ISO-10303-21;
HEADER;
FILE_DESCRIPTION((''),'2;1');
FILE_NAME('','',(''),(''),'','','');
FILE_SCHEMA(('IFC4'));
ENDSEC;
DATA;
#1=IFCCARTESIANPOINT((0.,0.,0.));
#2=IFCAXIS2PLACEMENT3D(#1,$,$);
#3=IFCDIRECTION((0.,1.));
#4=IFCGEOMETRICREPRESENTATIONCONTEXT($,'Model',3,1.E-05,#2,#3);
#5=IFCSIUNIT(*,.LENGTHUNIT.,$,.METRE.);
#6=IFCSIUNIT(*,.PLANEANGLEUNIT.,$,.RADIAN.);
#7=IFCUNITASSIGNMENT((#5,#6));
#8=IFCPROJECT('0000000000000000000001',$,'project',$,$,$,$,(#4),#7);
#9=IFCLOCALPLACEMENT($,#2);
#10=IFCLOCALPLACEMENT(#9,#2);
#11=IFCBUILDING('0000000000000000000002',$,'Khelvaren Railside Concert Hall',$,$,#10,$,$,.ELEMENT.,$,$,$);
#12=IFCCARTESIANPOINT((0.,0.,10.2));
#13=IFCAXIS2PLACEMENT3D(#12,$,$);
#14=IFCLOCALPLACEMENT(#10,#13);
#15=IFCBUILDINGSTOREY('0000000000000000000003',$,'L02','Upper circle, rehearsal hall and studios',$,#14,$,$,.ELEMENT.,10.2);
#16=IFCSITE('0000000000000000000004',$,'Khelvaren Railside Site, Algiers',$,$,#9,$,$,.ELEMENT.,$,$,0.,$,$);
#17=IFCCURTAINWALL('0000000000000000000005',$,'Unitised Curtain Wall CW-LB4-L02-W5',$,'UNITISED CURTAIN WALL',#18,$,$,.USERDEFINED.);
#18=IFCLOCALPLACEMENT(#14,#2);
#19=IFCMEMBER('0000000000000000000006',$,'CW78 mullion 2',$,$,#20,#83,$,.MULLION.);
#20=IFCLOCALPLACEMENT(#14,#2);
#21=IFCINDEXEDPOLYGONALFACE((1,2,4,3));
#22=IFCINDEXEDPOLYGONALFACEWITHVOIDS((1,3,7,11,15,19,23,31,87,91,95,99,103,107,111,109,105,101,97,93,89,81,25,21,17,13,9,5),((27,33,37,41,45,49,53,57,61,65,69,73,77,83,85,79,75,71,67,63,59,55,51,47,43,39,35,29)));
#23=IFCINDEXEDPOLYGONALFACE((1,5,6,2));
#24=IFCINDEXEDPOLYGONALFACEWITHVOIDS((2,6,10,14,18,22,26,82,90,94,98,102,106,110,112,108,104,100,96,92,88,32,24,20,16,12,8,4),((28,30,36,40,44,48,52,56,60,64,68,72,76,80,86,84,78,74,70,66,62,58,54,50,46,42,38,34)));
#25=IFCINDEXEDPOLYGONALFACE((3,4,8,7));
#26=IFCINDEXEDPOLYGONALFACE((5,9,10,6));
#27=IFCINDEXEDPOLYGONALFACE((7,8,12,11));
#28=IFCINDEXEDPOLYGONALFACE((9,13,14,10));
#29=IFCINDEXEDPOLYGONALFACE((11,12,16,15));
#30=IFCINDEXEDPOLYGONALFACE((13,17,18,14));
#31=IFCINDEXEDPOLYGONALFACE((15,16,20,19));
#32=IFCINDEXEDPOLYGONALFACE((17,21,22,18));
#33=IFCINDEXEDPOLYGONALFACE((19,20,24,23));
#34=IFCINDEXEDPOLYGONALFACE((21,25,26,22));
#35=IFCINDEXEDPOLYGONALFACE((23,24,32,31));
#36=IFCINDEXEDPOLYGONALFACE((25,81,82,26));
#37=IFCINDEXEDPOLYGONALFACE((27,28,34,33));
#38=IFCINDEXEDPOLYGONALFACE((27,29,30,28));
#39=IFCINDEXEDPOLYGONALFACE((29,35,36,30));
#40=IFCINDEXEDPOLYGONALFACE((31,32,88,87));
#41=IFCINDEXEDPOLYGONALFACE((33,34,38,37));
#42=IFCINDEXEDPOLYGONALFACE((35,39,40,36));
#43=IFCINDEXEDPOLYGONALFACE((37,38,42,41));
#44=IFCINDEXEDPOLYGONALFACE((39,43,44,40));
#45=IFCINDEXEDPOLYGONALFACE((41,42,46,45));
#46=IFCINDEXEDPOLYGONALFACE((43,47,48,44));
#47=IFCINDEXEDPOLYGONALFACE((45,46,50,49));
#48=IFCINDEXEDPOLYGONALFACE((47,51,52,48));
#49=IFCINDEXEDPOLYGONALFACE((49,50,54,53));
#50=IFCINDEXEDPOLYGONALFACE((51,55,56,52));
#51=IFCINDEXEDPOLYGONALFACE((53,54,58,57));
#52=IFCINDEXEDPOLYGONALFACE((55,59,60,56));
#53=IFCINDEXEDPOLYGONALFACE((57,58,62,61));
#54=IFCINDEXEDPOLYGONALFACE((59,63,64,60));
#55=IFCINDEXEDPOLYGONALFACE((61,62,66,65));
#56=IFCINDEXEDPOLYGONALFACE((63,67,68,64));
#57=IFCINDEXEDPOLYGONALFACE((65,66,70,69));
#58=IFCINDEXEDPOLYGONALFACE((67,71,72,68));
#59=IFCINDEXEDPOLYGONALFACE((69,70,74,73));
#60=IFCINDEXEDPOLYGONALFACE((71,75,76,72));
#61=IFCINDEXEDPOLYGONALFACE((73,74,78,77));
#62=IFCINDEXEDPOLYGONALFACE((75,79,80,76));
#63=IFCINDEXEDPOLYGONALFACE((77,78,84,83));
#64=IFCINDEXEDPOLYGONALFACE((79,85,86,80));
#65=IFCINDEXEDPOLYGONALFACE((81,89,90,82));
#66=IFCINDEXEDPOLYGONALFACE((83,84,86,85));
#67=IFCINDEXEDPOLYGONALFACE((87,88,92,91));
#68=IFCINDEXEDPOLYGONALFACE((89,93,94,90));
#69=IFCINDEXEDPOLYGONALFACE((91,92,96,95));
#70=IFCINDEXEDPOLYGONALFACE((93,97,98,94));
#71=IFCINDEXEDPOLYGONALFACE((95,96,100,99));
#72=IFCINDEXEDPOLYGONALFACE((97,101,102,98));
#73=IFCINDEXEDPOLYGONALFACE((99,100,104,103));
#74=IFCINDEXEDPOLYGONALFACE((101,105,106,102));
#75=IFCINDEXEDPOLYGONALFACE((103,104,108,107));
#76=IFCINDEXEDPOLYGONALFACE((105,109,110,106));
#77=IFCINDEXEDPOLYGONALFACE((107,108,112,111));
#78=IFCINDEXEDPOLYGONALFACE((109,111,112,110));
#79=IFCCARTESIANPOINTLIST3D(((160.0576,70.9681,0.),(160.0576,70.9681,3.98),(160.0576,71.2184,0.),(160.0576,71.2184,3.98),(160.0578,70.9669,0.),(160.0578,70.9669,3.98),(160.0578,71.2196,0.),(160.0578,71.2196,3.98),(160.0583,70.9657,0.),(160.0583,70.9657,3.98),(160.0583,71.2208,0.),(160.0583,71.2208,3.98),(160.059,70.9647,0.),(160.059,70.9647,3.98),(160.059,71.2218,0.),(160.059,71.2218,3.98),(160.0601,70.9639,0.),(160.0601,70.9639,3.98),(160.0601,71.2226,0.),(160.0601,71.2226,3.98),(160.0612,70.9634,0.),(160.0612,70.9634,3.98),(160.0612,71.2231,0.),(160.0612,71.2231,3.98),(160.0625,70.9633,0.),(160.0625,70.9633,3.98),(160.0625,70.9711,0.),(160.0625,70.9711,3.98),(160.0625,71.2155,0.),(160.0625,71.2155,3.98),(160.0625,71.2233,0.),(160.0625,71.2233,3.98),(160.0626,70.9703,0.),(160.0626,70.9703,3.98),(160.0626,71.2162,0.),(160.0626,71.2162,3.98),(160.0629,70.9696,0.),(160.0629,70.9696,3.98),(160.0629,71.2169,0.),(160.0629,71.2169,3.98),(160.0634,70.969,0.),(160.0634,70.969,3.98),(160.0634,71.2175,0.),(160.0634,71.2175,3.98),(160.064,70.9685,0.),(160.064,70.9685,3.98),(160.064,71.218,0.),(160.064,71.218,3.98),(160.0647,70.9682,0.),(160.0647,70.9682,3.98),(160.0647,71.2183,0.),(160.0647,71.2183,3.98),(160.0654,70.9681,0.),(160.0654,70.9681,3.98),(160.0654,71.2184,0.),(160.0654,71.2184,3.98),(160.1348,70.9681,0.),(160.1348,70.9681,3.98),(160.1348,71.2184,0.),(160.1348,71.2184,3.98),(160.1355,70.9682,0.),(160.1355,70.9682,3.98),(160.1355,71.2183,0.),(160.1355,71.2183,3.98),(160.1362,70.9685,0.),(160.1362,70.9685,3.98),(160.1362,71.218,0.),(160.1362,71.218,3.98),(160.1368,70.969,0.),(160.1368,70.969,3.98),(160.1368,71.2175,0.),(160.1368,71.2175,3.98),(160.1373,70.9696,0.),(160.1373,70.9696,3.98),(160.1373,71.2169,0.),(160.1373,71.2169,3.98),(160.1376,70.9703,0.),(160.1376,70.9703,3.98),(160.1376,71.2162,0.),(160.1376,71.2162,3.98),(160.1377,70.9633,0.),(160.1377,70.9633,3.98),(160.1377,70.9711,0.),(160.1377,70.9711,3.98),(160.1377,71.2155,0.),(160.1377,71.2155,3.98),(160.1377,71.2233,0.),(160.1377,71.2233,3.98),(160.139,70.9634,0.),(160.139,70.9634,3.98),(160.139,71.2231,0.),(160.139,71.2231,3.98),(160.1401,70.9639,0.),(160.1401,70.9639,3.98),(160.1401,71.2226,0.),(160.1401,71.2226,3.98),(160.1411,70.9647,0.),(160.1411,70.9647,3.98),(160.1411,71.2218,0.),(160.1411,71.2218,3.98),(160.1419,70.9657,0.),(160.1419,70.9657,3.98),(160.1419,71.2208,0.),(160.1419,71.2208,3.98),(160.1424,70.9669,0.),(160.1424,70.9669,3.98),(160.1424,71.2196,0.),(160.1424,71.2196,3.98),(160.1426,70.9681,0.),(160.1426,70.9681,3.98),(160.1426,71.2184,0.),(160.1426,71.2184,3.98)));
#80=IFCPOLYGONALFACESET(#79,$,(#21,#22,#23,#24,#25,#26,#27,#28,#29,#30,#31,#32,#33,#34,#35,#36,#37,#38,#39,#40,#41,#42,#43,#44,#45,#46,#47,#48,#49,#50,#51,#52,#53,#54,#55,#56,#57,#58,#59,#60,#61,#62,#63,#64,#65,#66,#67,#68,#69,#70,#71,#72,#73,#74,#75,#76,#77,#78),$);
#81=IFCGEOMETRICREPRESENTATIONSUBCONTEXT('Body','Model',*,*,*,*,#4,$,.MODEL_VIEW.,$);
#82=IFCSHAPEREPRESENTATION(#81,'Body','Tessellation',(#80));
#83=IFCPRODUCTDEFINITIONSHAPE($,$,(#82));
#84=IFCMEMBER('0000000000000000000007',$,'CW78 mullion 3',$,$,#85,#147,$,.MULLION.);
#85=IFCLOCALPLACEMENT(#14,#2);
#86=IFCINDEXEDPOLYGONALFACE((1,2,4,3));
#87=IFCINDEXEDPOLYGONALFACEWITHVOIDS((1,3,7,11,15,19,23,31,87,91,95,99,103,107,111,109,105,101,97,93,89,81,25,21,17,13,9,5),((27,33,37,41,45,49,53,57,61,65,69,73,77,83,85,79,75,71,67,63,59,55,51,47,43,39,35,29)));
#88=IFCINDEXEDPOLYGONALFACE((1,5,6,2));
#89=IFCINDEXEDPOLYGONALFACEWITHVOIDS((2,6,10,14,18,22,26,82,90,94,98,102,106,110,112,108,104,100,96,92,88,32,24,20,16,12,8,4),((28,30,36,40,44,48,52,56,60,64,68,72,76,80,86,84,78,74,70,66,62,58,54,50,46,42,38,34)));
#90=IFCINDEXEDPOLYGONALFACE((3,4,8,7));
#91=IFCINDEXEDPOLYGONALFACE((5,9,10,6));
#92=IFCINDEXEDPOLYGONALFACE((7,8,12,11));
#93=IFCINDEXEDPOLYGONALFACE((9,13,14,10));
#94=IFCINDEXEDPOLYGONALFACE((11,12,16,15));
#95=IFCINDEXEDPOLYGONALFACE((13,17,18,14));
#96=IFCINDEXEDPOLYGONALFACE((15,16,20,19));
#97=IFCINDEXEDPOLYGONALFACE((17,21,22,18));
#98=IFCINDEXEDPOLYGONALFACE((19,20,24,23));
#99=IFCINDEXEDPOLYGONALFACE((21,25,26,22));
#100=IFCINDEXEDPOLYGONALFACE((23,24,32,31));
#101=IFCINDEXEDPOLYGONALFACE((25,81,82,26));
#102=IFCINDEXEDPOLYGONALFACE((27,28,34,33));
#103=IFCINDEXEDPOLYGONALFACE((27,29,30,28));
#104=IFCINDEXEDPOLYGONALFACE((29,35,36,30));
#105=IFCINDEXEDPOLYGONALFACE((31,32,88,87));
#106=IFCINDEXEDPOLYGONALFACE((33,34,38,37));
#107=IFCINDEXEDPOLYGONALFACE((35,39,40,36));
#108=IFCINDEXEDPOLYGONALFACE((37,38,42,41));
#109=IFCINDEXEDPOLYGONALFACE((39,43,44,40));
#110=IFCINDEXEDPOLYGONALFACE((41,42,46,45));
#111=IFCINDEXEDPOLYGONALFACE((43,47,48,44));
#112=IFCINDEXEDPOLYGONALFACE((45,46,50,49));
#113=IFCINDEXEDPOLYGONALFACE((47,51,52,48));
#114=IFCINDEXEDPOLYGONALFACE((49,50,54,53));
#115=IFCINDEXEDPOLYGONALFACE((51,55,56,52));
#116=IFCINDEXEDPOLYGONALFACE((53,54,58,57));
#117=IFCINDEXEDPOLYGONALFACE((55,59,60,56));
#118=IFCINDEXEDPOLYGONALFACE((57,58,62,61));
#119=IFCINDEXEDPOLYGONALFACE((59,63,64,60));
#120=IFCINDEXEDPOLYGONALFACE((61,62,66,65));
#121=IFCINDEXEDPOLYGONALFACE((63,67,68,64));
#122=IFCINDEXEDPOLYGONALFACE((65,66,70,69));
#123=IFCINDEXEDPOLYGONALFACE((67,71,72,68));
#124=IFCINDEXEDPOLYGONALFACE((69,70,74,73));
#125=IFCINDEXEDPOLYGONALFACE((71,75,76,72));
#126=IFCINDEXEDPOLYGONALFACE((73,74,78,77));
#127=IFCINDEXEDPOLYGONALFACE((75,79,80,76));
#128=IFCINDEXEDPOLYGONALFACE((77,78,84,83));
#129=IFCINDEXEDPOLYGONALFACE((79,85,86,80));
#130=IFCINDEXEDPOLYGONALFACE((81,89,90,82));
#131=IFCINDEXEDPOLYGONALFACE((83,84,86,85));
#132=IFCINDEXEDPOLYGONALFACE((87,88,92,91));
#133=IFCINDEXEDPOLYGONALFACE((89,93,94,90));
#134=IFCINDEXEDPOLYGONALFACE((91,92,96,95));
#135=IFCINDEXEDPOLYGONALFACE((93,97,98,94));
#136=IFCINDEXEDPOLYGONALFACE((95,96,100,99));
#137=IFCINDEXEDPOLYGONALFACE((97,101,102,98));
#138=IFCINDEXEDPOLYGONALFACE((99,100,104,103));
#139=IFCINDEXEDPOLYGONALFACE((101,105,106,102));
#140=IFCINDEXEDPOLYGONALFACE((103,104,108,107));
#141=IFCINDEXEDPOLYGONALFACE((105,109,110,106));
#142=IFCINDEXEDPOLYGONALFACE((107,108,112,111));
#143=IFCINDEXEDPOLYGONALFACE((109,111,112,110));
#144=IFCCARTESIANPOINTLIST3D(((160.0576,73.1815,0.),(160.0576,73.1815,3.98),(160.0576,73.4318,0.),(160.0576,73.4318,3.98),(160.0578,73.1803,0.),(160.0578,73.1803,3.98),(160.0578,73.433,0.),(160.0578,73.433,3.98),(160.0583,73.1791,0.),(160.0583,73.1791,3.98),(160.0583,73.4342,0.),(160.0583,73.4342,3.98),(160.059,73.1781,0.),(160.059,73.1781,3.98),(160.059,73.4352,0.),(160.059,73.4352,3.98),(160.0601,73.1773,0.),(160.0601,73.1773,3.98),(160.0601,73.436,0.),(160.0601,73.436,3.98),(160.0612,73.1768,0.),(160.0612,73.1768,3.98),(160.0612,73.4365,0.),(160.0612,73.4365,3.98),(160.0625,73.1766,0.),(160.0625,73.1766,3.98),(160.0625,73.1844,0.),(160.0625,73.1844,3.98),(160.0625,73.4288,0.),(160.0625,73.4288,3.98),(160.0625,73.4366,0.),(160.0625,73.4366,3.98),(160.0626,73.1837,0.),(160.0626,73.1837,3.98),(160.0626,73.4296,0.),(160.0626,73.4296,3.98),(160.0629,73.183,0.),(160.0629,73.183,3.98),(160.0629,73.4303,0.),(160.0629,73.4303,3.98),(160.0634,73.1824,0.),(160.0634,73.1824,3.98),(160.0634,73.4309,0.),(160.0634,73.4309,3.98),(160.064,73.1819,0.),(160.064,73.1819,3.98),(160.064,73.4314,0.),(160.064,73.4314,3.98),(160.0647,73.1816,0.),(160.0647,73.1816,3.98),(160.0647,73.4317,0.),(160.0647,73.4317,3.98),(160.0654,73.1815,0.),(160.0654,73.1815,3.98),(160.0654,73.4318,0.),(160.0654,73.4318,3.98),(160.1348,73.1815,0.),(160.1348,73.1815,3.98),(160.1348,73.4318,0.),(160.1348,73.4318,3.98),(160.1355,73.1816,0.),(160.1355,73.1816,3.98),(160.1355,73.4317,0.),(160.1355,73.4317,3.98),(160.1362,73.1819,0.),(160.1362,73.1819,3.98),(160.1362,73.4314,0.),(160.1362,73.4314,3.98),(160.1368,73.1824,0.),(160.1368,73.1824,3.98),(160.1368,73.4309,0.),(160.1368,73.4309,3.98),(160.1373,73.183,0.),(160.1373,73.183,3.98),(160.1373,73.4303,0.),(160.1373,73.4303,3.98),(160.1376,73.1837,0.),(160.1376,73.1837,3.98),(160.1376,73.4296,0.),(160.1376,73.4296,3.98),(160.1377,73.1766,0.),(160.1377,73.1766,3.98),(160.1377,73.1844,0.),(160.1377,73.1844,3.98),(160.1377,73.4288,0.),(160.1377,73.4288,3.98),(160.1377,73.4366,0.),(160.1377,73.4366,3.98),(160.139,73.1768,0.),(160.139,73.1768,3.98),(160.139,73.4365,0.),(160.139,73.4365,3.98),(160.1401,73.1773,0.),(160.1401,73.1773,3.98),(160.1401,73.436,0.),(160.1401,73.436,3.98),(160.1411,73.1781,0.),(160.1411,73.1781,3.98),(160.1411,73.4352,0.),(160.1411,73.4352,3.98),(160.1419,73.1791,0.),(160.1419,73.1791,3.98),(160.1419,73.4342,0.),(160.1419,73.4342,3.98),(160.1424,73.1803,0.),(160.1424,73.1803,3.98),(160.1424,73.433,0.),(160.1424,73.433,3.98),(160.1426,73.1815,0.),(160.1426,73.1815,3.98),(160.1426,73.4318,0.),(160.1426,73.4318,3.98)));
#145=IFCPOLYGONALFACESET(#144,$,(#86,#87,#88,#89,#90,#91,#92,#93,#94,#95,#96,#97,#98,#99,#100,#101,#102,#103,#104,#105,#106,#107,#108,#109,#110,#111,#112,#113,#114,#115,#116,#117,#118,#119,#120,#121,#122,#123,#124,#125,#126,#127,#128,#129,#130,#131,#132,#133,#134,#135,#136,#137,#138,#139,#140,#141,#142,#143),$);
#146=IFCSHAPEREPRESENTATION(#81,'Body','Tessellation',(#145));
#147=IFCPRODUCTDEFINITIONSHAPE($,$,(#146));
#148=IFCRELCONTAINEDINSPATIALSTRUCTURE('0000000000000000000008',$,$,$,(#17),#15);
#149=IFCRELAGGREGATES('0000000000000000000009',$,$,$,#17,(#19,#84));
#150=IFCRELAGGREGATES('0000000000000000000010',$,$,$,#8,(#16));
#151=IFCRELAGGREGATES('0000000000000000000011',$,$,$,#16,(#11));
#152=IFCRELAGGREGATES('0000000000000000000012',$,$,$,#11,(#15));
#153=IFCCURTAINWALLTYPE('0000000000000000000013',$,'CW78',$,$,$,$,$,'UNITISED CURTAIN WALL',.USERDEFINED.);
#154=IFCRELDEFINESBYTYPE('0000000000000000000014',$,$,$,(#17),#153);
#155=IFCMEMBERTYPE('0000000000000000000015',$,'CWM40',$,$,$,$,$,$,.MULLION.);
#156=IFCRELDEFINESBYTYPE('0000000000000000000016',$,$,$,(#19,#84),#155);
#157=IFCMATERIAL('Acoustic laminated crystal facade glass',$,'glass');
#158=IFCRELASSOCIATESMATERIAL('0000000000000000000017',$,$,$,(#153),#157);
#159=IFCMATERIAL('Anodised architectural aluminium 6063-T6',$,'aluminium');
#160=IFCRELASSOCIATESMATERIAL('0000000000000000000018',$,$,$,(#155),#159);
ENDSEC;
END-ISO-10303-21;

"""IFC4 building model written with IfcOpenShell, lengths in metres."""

from ifc_helpers import new_model, si_unit, direction, frame, origin, origin_2d, place, context, subcontext, project, spatial, hollow_rectangle, extrude, material, material_profile, profile_set, type_object, element, aggregate, save


model = new_model("IFC4")

# Units and contexts
model_context = context("Model", 3, precision=1e-05, world=origin(), true_north=direction((0.0, 1.0)))
body_context = subcontext(model_context, "Body", "Model", "MODEL_VIEW")
ifc_project = project(units=[si_unit("LENGTHUNIT", "METRE"), si_unit("PLANEANGLEUNIT", "RADIAN")], contexts=[model_context])

# Site, building, storey
site_placement = place(None, origin())
site = spatial("IfcSite", under=ifc_project, at=site_placement, Name="Khelvaren Railside Site, Algiers", CompositionType="ELEMENT", RefElevation=0.0)
building_placement = place(site_placement, origin())
building = spatial("IfcBuilding", under=site, at=building_placement, Name="Khelvaren Railside Concert Hall", CompositionType="ELEMENT")
storey_placement = place(building_placement, frame((0.0, 0.0, 10.2)))
storey = spatial("IfcBuildingStorey", under=building, at=storey_placement, Name="L02", Description="Upper circle, rehearsal hall and studios", CompositionType="ELEMENT", Elevation=10.2)

# Shared definitions
ifc_material_1 = material(Name="Acoustic laminated crystal facade glass", Category="glass")
curtain_wall_type = type_object("IfcCurtainWallType", Name="CW78", ElementType="UNITISED CURTAIN WALL", PredefinedType="USERDEFINED", material=ifc_material_1)
ifc_material_2 = material(Name="Anodised architectural aluminium 6063-T6", Category="aluminium")
ifc_material_profile_1 = material_profile(ifc_material_2, hollow_rectangle(XDim=0.085, YDim=0.26, WallThickness=0.0049, InnerFilletRadius=0.0029, OuterFilletRadius=0.0049, at=origin_2d()), Name="CWM 85x260x5")
ifc_profile_set_1 = profile_set([ifc_material_profile_1], Name="Anodised architectural aluminium 6063-T6")
member_type_1 = type_object("IfcMemberType", Name="CWM40", PredefinedType="MULLION", material=ifc_profile_set_1)

# Curtain wall, members
curtain_wall_1_placement = place(storey_placement, origin())
curtain_wall_1 = element("IfcCurtainWall", 1, at=curtain_wall_1_placement, inside=storey, type_object=curtain_wall_type, Name="Unitised Curtain Wall CW-LB4-L02-W5", ObjectType="UNITISED CURTAIN WALL", PredefinedType="USERDEFINED")
member_1_placement = place(storey_placement, frame((160.1001, 71.0933, 0.0), z_axis=(0.0, 0.0, 1.0), x_axis=(-1.0, 0.0, 0.0)))
member_1 = element("IfcMember", 2, at=member_1_placement, type_object=member_type_1, Name="CW78 mullion 2", PredefinedType="MULLION", context=body_context, shape_type="SweptSolid", body=[
    extrude(hollow_rectangle(XDim=0.085, YDim=0.26, WallThickness=0.0049, InnerFilletRadius=0.0029, OuterFilletRadius=0.0049, at=origin_2d()), origin(), (0.0, 0.0, 1.0), 3.98),
])
member_2_placement = place(storey_placement, frame((160.1001, 73.3066, 0.0), z_axis=(0.0, 0.0, 1.0), x_axis=(-1.0, 0.0, 0.0)))
member_2 = element("IfcMember", 3, at=member_2_placement, type_object=member_type_1, Name="CW78 mullion 3", PredefinedType="MULLION", context=body_context, shape_type="SweptSolid", body=[
    extrude(hollow_rectangle(XDim=0.085, YDim=0.26, WallThickness=0.0049, InnerFilletRadius=0.0029, OuterFilletRadius=0.0049, at=origin_2d()), origin(), (0.0, 0.0, 1.0), 3.98),
])

aggregate(curtain_wall_1, [member_1, member_2])

save(model, "model.ifc")
